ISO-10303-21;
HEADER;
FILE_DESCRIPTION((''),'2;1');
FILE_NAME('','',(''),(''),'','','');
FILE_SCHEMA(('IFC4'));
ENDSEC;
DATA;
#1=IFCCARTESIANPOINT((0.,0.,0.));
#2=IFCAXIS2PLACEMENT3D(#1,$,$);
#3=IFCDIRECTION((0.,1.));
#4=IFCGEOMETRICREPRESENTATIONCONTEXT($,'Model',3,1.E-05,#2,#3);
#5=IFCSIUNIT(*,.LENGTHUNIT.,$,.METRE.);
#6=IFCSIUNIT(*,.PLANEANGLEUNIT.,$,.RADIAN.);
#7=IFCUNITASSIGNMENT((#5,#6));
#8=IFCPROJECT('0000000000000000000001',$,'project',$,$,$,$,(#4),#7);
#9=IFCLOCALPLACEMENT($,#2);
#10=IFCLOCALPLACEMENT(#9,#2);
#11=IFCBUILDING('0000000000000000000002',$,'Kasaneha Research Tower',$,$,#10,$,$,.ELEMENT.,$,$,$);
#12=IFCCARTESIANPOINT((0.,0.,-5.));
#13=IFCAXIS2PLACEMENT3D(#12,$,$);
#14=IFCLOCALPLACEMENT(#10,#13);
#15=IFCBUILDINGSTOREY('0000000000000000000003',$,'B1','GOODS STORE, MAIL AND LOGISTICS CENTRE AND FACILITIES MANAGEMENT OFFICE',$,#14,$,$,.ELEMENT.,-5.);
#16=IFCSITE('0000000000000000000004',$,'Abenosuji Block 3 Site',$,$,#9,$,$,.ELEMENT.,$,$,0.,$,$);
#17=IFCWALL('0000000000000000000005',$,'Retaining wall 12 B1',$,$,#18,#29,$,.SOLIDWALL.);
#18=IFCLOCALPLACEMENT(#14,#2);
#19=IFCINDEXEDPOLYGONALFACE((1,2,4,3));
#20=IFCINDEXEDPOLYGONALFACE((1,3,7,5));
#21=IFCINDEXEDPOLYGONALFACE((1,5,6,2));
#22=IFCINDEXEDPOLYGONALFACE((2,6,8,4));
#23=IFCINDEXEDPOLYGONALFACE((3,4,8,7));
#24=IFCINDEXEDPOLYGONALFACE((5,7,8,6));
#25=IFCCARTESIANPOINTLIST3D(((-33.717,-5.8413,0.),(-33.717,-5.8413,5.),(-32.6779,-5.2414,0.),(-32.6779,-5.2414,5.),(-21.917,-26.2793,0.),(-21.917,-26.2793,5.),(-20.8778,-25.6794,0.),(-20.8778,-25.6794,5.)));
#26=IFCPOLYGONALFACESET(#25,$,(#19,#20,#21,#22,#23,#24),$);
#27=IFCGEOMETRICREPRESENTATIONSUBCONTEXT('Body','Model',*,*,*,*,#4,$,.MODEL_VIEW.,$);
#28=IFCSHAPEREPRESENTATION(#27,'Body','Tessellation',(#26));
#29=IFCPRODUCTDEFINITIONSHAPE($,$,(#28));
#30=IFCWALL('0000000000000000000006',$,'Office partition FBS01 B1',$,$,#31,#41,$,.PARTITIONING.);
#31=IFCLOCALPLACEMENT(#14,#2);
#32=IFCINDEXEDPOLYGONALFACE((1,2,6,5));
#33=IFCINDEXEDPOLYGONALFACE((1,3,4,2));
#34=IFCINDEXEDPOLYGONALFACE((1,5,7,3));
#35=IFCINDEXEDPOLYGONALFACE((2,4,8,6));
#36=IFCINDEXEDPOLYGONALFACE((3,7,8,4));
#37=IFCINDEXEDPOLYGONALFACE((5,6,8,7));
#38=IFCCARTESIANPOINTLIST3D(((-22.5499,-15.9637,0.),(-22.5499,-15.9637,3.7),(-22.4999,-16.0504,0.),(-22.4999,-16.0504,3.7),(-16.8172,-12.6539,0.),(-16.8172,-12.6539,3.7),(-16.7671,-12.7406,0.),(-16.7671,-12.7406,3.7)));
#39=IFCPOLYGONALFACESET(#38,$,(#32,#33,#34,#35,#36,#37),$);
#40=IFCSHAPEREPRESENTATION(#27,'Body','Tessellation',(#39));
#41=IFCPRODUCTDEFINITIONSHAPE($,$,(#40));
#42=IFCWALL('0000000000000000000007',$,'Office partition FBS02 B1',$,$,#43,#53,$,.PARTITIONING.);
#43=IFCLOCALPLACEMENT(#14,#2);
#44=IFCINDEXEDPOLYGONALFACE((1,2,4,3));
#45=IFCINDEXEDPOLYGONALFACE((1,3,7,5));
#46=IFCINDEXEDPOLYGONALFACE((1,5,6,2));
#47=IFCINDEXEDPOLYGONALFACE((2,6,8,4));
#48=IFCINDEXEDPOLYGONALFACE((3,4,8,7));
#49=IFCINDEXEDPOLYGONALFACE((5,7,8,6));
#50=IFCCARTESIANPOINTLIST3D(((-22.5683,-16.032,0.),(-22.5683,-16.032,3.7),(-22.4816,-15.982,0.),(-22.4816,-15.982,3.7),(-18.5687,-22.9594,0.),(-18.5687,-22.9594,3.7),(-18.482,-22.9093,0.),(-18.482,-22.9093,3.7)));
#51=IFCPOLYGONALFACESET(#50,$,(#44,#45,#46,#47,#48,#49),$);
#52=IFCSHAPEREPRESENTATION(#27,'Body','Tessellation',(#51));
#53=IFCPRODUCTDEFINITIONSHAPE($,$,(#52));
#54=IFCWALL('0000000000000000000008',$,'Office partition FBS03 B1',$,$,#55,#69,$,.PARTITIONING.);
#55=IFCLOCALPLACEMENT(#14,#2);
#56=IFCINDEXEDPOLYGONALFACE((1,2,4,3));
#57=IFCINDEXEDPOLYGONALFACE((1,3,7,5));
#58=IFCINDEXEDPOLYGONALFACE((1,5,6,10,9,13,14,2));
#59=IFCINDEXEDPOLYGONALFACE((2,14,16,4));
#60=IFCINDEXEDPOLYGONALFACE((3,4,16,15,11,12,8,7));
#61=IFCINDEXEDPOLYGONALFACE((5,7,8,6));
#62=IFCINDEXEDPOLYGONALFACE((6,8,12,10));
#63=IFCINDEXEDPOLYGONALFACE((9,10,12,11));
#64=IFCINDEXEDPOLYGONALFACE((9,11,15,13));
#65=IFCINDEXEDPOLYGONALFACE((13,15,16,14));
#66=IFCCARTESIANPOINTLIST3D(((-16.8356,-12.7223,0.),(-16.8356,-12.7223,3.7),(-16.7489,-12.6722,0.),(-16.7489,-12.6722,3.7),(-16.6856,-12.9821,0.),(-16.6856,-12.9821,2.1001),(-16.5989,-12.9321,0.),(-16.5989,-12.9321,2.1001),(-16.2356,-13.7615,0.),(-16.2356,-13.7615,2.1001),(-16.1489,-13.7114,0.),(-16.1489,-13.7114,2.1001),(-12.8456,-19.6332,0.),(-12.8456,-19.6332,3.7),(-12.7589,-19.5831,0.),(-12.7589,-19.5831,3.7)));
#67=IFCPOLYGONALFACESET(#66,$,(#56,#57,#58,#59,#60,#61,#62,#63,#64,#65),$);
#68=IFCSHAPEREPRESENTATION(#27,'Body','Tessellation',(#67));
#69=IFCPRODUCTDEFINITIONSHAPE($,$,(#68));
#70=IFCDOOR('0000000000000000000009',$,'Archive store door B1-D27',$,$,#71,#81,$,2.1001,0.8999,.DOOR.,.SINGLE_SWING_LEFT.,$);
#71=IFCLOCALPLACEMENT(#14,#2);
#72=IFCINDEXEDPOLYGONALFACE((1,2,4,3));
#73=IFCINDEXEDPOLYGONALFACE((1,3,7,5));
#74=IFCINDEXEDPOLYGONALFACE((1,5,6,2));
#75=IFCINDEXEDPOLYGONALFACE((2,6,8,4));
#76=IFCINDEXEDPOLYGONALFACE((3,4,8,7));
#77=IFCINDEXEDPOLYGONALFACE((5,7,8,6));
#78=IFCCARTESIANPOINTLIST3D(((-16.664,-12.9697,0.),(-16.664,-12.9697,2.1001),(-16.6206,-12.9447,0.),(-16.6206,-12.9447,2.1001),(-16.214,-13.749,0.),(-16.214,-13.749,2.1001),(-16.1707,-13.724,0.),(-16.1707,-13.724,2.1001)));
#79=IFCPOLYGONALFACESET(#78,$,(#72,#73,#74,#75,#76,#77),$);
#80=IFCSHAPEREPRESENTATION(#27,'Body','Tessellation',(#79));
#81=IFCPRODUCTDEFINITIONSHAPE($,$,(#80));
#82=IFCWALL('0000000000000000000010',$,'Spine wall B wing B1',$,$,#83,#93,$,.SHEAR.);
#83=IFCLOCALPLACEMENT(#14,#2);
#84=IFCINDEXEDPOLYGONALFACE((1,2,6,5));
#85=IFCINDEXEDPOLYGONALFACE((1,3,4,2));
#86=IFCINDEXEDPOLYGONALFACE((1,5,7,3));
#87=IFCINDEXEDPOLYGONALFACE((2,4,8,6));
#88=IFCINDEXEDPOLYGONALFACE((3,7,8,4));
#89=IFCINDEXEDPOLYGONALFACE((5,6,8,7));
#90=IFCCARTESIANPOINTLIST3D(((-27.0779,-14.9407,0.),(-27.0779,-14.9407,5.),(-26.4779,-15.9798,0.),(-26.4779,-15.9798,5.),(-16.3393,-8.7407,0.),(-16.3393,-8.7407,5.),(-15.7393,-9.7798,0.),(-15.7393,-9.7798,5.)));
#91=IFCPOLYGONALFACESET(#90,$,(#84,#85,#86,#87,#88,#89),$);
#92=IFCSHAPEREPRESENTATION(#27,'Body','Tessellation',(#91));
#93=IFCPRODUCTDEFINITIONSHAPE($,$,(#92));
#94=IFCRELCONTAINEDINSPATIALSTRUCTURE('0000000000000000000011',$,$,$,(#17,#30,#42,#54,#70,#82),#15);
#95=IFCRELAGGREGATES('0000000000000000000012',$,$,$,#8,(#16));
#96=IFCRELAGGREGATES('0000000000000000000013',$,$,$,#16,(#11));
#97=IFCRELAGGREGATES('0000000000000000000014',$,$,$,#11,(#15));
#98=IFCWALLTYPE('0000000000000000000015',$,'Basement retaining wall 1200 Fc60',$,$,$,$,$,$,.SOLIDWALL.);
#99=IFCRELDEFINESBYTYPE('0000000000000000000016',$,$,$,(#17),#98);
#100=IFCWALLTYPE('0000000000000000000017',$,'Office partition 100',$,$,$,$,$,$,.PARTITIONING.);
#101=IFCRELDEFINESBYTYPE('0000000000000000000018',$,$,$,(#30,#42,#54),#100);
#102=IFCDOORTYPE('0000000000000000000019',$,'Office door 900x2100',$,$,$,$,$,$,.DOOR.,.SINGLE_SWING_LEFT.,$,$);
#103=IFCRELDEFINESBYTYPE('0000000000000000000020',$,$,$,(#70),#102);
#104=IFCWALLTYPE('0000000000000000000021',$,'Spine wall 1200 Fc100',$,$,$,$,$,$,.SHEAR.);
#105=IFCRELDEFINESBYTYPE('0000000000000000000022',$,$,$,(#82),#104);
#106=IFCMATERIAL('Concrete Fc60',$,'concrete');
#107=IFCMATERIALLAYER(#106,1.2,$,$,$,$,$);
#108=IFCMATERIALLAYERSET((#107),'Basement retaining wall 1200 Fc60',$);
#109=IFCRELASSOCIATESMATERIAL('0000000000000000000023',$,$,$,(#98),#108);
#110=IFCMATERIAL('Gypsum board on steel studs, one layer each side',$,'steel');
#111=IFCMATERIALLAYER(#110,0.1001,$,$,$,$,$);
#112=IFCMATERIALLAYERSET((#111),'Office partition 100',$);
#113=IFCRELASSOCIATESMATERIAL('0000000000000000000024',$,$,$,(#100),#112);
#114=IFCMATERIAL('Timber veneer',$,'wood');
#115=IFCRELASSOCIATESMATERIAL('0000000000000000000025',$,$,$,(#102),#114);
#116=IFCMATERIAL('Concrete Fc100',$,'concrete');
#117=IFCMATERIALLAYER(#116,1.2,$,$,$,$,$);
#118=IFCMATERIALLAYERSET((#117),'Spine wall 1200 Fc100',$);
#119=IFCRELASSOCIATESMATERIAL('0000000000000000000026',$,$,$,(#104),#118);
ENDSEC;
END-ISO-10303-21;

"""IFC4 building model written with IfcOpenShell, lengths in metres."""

from ifc_helpers import new_model, si_unit, direction, frame, frame_2d, origin, place, context, subcontext, project, spatial, rectangle, extrude, material, layer, layer_set, type_object, element, fill, save


model = new_model("IFC4")

# Units and contexts
model_context = context("Model", 3, precision=1e-05, world=origin(), true_north=direction((0.0, 1.0)))
body_context = subcontext(model_context, "Body", "Model", "MODEL_VIEW")
ifc_project = project(units=[si_unit("LENGTHUNIT", "METRE"), si_unit("PLANEANGLEUNIT", "RADIAN")], contexts=[model_context])

# Site, building, storey
site_placement = place(None, origin())
site = spatial("IfcSite", under=ifc_project, at=site_placement, Name="Abenosuji Block 3 Site", CompositionType="ELEMENT", RefElevation=0.0)
building_placement = place(site_placement, origin())
building = spatial("IfcBuilding", under=site, at=building_placement, Name="Kasaneha Research Tower", CompositionType="ELEMENT")
storey_placement = place(building_placement, frame((0.0, 0.0, -5.0)))
storey = spatial("IfcBuildingStorey", under=building, at=storey_placement, Name="B1", Description="GOODS STORE, MAIL AND LOGISTICS CENTRE AND FACILITIES MANAGEMENT OFFICE", CompositionType="ELEMENT", Elevation=-5.0)

# Walls
ifc_material_1 = material(Name="Concrete Fc60", Category="concrete")
ifc_layer_1 = layer(ifc_material_1, 1.2)
ifc_layer_set_1 = layer_set([ifc_layer_1], Name="Basement retaining wall 1200 Fc60")
wall_type_1 = type_object("IfcWallType", Name="Basement retaining wall 1200 Fc60", PredefinedType="SOLIDWALL", material=ifc_layer_set_1)
wall_1_placement = place(storey_placement, frame((-21.3975, -25.9792, 0.0), z_axis=(0.0, 0.0, 1.0), x_axis=(-0.500005, 0.866022, 0.0)))
element("IfcWall", 1, at=wall_1_placement, inside=storey, type_object=wall_type_1, Name="Retaining wall 12 B1", PredefinedType="SOLIDWALL", context=body_context, shape_type="SweptSolid", body=[
    extrude(rectangle(XDim=23.5999, YDim=1.2, at=frame_2d((11.7998, 0.0))), origin(), (0.0, 0.0, 1.0), 5.0),
])
ifc_material_2 = material(Name="Gypsum board on steel studs, one layer each side", Category="steel")
ifc_layer_2 = layer(ifc_material_2, 0.1001)
ifc_layer_set_2 = layer_set([ifc_layer_2], Name="Office partition 100")
wall_type_2 = type_object("IfcWallType", Name="Office partition 100", PredefinedType="PARTITIONING", material=ifc_layer_set_2)
wall_2_placement = place(storey_placement, frame((-22.5249, -16.0071, 0.0), z_axis=(0.0, 0.0, 1.0), x_axis=(0.866022, 0.500007, 0.0)))
element("IfcWall", 2, at=wall_2_placement, inside=storey, type_object=wall_type_2, Name="Office partition FBS01 B1", PredefinedType="PARTITIONING", context=body_context, shape_type="SweptSolid", body=[
    extrude(rectangle(XDim=6.6196, YDim=0.1001, at=frame_2d((3.3098, 0.0))), origin(), (0.0, 0.0, 1.0), 3.7),
])
wall_3_placement = place(storey_placement, frame((-18.5254, -22.9343, 0.0), z_axis=(0.0, 0.0, 1.0), x_axis=(-0.500006, 0.866022, 0.0)))
element("IfcWall", 3, at=wall_3_placement, inside=storey, type_object=wall_type_2, Name="Office partition FBS02 B1", PredefinedType="PARTITIONING", context=body_context, shape_type="SweptSolid", body=[
    extrude(rectangle(XDim=7.999, YDim=0.1001, at=frame_2d((3.9995, 0.0))), origin(), (0.0, 0.0, 1.0), 3.7),
])

# Wall, opening, door
wall_4_placement = place(storey_placement, frame((-16.7922, -12.6973, 0.0), z_axis=(0.0, 0.0, 1.0), x_axis=(0.499999, -0.866026, 0.0)))
wall_4 = element("IfcWall", 4, at=wall_4_placement, inside=storey, type_object=wall_type_2, Name="Office partition FBS03 B1", PredefinedType="PARTITIONING", context=body_context, shape_type="SweptSolid", body=[
    extrude(rectangle(XDim=7.98, YDim=0.1001, at=frame_2d((3.99, 0.0))), origin(), (0.0, 0.0, 1.0), 3.7),
])
opening_placement = place(wall_4_placement, frame((0.3, 0.0, 0.0)))
opening = element("IfcOpeningElement", 5, at=opening_placement, cuts=wall_4, PredefinedType="OPENING", context=body_context, shape_type="SweptSolid", body=[
    extrude(rectangle(XDim=0.8999, YDim=2.1001, at=frame_2d((0.45, 1.05))), frame((0.0, 0.0601, 0.0), z_axis=(0.0, -1.0, 0.0), x_axis=(1.0, 0.0, 0.0)), (0.0, 0.0, 1.0), 0.1201),
])
ifc_material_3 = material(Name="Timber veneer", Category="wood")
door_type = type_object("IfcDoorType", Name="Office door 900x2100", OperationType="SINGLE_SWING_LEFT", PredefinedType="DOOR", material=ifc_material_3)
door_placement = place(opening_placement, origin())
door = element("IfcDoor", 6, at=door_placement, inside=storey, type_object=door_type, Name="Archive store door B1-D27", OperationType="SINGLE_SWING_LEFT", OverallHeight=2.1001, OverallWidth=0.8999, PredefinedType="DOOR", context=body_context, shape_type="SweptSolid", body=[
    extrude(rectangle(XDim=0.8999, YDim=2.1001, at=frame_2d((0.45, 1.05))), frame((0.0, 0.0249, 0.0), z_axis=(0.0, -1.0, 0.0), x_axis=(1.0, 0.0, 0.0)), (0.0, 0.0, 1.0), 0.05),
])
fill(opening, door)

# Wall
ifc_material_4 = material(Name="Concrete Fc100", Category="concrete")
ifc_layer_3 = layer(ifc_material_4, 1.2)
ifc_layer_set_3 = layer_set([ifc_layer_3], Name="Spine wall 1200 Fc100")
wall_type_3 = type_object("IfcWallType", Name="Spine wall 1200 Fc100", PredefinedType="SHEAR", material=ifc_layer_set_3)
wall_5_placement = place(storey_placement, frame((-16.0393, -9.2603, 0.0), z_axis=(0.0, 0.0, 1.0), x_axis=(-0.866023, -0.500004, 0.0)))
element("IfcWall", 7, at=wall_5_placement, inside=storey, type_object=wall_type_3, Name="Spine wall B wing B1", PredefinedType="SHEAR", context=body_context, shape_type="SweptSolid", body=[
    extrude(rectangle(XDim=12.3999, YDim=1.2, at=frame_2d((6.2, 0.0))), origin(), (0.0, 0.0, 1.0), 5.0),
])

save(model, "model.ifc")
